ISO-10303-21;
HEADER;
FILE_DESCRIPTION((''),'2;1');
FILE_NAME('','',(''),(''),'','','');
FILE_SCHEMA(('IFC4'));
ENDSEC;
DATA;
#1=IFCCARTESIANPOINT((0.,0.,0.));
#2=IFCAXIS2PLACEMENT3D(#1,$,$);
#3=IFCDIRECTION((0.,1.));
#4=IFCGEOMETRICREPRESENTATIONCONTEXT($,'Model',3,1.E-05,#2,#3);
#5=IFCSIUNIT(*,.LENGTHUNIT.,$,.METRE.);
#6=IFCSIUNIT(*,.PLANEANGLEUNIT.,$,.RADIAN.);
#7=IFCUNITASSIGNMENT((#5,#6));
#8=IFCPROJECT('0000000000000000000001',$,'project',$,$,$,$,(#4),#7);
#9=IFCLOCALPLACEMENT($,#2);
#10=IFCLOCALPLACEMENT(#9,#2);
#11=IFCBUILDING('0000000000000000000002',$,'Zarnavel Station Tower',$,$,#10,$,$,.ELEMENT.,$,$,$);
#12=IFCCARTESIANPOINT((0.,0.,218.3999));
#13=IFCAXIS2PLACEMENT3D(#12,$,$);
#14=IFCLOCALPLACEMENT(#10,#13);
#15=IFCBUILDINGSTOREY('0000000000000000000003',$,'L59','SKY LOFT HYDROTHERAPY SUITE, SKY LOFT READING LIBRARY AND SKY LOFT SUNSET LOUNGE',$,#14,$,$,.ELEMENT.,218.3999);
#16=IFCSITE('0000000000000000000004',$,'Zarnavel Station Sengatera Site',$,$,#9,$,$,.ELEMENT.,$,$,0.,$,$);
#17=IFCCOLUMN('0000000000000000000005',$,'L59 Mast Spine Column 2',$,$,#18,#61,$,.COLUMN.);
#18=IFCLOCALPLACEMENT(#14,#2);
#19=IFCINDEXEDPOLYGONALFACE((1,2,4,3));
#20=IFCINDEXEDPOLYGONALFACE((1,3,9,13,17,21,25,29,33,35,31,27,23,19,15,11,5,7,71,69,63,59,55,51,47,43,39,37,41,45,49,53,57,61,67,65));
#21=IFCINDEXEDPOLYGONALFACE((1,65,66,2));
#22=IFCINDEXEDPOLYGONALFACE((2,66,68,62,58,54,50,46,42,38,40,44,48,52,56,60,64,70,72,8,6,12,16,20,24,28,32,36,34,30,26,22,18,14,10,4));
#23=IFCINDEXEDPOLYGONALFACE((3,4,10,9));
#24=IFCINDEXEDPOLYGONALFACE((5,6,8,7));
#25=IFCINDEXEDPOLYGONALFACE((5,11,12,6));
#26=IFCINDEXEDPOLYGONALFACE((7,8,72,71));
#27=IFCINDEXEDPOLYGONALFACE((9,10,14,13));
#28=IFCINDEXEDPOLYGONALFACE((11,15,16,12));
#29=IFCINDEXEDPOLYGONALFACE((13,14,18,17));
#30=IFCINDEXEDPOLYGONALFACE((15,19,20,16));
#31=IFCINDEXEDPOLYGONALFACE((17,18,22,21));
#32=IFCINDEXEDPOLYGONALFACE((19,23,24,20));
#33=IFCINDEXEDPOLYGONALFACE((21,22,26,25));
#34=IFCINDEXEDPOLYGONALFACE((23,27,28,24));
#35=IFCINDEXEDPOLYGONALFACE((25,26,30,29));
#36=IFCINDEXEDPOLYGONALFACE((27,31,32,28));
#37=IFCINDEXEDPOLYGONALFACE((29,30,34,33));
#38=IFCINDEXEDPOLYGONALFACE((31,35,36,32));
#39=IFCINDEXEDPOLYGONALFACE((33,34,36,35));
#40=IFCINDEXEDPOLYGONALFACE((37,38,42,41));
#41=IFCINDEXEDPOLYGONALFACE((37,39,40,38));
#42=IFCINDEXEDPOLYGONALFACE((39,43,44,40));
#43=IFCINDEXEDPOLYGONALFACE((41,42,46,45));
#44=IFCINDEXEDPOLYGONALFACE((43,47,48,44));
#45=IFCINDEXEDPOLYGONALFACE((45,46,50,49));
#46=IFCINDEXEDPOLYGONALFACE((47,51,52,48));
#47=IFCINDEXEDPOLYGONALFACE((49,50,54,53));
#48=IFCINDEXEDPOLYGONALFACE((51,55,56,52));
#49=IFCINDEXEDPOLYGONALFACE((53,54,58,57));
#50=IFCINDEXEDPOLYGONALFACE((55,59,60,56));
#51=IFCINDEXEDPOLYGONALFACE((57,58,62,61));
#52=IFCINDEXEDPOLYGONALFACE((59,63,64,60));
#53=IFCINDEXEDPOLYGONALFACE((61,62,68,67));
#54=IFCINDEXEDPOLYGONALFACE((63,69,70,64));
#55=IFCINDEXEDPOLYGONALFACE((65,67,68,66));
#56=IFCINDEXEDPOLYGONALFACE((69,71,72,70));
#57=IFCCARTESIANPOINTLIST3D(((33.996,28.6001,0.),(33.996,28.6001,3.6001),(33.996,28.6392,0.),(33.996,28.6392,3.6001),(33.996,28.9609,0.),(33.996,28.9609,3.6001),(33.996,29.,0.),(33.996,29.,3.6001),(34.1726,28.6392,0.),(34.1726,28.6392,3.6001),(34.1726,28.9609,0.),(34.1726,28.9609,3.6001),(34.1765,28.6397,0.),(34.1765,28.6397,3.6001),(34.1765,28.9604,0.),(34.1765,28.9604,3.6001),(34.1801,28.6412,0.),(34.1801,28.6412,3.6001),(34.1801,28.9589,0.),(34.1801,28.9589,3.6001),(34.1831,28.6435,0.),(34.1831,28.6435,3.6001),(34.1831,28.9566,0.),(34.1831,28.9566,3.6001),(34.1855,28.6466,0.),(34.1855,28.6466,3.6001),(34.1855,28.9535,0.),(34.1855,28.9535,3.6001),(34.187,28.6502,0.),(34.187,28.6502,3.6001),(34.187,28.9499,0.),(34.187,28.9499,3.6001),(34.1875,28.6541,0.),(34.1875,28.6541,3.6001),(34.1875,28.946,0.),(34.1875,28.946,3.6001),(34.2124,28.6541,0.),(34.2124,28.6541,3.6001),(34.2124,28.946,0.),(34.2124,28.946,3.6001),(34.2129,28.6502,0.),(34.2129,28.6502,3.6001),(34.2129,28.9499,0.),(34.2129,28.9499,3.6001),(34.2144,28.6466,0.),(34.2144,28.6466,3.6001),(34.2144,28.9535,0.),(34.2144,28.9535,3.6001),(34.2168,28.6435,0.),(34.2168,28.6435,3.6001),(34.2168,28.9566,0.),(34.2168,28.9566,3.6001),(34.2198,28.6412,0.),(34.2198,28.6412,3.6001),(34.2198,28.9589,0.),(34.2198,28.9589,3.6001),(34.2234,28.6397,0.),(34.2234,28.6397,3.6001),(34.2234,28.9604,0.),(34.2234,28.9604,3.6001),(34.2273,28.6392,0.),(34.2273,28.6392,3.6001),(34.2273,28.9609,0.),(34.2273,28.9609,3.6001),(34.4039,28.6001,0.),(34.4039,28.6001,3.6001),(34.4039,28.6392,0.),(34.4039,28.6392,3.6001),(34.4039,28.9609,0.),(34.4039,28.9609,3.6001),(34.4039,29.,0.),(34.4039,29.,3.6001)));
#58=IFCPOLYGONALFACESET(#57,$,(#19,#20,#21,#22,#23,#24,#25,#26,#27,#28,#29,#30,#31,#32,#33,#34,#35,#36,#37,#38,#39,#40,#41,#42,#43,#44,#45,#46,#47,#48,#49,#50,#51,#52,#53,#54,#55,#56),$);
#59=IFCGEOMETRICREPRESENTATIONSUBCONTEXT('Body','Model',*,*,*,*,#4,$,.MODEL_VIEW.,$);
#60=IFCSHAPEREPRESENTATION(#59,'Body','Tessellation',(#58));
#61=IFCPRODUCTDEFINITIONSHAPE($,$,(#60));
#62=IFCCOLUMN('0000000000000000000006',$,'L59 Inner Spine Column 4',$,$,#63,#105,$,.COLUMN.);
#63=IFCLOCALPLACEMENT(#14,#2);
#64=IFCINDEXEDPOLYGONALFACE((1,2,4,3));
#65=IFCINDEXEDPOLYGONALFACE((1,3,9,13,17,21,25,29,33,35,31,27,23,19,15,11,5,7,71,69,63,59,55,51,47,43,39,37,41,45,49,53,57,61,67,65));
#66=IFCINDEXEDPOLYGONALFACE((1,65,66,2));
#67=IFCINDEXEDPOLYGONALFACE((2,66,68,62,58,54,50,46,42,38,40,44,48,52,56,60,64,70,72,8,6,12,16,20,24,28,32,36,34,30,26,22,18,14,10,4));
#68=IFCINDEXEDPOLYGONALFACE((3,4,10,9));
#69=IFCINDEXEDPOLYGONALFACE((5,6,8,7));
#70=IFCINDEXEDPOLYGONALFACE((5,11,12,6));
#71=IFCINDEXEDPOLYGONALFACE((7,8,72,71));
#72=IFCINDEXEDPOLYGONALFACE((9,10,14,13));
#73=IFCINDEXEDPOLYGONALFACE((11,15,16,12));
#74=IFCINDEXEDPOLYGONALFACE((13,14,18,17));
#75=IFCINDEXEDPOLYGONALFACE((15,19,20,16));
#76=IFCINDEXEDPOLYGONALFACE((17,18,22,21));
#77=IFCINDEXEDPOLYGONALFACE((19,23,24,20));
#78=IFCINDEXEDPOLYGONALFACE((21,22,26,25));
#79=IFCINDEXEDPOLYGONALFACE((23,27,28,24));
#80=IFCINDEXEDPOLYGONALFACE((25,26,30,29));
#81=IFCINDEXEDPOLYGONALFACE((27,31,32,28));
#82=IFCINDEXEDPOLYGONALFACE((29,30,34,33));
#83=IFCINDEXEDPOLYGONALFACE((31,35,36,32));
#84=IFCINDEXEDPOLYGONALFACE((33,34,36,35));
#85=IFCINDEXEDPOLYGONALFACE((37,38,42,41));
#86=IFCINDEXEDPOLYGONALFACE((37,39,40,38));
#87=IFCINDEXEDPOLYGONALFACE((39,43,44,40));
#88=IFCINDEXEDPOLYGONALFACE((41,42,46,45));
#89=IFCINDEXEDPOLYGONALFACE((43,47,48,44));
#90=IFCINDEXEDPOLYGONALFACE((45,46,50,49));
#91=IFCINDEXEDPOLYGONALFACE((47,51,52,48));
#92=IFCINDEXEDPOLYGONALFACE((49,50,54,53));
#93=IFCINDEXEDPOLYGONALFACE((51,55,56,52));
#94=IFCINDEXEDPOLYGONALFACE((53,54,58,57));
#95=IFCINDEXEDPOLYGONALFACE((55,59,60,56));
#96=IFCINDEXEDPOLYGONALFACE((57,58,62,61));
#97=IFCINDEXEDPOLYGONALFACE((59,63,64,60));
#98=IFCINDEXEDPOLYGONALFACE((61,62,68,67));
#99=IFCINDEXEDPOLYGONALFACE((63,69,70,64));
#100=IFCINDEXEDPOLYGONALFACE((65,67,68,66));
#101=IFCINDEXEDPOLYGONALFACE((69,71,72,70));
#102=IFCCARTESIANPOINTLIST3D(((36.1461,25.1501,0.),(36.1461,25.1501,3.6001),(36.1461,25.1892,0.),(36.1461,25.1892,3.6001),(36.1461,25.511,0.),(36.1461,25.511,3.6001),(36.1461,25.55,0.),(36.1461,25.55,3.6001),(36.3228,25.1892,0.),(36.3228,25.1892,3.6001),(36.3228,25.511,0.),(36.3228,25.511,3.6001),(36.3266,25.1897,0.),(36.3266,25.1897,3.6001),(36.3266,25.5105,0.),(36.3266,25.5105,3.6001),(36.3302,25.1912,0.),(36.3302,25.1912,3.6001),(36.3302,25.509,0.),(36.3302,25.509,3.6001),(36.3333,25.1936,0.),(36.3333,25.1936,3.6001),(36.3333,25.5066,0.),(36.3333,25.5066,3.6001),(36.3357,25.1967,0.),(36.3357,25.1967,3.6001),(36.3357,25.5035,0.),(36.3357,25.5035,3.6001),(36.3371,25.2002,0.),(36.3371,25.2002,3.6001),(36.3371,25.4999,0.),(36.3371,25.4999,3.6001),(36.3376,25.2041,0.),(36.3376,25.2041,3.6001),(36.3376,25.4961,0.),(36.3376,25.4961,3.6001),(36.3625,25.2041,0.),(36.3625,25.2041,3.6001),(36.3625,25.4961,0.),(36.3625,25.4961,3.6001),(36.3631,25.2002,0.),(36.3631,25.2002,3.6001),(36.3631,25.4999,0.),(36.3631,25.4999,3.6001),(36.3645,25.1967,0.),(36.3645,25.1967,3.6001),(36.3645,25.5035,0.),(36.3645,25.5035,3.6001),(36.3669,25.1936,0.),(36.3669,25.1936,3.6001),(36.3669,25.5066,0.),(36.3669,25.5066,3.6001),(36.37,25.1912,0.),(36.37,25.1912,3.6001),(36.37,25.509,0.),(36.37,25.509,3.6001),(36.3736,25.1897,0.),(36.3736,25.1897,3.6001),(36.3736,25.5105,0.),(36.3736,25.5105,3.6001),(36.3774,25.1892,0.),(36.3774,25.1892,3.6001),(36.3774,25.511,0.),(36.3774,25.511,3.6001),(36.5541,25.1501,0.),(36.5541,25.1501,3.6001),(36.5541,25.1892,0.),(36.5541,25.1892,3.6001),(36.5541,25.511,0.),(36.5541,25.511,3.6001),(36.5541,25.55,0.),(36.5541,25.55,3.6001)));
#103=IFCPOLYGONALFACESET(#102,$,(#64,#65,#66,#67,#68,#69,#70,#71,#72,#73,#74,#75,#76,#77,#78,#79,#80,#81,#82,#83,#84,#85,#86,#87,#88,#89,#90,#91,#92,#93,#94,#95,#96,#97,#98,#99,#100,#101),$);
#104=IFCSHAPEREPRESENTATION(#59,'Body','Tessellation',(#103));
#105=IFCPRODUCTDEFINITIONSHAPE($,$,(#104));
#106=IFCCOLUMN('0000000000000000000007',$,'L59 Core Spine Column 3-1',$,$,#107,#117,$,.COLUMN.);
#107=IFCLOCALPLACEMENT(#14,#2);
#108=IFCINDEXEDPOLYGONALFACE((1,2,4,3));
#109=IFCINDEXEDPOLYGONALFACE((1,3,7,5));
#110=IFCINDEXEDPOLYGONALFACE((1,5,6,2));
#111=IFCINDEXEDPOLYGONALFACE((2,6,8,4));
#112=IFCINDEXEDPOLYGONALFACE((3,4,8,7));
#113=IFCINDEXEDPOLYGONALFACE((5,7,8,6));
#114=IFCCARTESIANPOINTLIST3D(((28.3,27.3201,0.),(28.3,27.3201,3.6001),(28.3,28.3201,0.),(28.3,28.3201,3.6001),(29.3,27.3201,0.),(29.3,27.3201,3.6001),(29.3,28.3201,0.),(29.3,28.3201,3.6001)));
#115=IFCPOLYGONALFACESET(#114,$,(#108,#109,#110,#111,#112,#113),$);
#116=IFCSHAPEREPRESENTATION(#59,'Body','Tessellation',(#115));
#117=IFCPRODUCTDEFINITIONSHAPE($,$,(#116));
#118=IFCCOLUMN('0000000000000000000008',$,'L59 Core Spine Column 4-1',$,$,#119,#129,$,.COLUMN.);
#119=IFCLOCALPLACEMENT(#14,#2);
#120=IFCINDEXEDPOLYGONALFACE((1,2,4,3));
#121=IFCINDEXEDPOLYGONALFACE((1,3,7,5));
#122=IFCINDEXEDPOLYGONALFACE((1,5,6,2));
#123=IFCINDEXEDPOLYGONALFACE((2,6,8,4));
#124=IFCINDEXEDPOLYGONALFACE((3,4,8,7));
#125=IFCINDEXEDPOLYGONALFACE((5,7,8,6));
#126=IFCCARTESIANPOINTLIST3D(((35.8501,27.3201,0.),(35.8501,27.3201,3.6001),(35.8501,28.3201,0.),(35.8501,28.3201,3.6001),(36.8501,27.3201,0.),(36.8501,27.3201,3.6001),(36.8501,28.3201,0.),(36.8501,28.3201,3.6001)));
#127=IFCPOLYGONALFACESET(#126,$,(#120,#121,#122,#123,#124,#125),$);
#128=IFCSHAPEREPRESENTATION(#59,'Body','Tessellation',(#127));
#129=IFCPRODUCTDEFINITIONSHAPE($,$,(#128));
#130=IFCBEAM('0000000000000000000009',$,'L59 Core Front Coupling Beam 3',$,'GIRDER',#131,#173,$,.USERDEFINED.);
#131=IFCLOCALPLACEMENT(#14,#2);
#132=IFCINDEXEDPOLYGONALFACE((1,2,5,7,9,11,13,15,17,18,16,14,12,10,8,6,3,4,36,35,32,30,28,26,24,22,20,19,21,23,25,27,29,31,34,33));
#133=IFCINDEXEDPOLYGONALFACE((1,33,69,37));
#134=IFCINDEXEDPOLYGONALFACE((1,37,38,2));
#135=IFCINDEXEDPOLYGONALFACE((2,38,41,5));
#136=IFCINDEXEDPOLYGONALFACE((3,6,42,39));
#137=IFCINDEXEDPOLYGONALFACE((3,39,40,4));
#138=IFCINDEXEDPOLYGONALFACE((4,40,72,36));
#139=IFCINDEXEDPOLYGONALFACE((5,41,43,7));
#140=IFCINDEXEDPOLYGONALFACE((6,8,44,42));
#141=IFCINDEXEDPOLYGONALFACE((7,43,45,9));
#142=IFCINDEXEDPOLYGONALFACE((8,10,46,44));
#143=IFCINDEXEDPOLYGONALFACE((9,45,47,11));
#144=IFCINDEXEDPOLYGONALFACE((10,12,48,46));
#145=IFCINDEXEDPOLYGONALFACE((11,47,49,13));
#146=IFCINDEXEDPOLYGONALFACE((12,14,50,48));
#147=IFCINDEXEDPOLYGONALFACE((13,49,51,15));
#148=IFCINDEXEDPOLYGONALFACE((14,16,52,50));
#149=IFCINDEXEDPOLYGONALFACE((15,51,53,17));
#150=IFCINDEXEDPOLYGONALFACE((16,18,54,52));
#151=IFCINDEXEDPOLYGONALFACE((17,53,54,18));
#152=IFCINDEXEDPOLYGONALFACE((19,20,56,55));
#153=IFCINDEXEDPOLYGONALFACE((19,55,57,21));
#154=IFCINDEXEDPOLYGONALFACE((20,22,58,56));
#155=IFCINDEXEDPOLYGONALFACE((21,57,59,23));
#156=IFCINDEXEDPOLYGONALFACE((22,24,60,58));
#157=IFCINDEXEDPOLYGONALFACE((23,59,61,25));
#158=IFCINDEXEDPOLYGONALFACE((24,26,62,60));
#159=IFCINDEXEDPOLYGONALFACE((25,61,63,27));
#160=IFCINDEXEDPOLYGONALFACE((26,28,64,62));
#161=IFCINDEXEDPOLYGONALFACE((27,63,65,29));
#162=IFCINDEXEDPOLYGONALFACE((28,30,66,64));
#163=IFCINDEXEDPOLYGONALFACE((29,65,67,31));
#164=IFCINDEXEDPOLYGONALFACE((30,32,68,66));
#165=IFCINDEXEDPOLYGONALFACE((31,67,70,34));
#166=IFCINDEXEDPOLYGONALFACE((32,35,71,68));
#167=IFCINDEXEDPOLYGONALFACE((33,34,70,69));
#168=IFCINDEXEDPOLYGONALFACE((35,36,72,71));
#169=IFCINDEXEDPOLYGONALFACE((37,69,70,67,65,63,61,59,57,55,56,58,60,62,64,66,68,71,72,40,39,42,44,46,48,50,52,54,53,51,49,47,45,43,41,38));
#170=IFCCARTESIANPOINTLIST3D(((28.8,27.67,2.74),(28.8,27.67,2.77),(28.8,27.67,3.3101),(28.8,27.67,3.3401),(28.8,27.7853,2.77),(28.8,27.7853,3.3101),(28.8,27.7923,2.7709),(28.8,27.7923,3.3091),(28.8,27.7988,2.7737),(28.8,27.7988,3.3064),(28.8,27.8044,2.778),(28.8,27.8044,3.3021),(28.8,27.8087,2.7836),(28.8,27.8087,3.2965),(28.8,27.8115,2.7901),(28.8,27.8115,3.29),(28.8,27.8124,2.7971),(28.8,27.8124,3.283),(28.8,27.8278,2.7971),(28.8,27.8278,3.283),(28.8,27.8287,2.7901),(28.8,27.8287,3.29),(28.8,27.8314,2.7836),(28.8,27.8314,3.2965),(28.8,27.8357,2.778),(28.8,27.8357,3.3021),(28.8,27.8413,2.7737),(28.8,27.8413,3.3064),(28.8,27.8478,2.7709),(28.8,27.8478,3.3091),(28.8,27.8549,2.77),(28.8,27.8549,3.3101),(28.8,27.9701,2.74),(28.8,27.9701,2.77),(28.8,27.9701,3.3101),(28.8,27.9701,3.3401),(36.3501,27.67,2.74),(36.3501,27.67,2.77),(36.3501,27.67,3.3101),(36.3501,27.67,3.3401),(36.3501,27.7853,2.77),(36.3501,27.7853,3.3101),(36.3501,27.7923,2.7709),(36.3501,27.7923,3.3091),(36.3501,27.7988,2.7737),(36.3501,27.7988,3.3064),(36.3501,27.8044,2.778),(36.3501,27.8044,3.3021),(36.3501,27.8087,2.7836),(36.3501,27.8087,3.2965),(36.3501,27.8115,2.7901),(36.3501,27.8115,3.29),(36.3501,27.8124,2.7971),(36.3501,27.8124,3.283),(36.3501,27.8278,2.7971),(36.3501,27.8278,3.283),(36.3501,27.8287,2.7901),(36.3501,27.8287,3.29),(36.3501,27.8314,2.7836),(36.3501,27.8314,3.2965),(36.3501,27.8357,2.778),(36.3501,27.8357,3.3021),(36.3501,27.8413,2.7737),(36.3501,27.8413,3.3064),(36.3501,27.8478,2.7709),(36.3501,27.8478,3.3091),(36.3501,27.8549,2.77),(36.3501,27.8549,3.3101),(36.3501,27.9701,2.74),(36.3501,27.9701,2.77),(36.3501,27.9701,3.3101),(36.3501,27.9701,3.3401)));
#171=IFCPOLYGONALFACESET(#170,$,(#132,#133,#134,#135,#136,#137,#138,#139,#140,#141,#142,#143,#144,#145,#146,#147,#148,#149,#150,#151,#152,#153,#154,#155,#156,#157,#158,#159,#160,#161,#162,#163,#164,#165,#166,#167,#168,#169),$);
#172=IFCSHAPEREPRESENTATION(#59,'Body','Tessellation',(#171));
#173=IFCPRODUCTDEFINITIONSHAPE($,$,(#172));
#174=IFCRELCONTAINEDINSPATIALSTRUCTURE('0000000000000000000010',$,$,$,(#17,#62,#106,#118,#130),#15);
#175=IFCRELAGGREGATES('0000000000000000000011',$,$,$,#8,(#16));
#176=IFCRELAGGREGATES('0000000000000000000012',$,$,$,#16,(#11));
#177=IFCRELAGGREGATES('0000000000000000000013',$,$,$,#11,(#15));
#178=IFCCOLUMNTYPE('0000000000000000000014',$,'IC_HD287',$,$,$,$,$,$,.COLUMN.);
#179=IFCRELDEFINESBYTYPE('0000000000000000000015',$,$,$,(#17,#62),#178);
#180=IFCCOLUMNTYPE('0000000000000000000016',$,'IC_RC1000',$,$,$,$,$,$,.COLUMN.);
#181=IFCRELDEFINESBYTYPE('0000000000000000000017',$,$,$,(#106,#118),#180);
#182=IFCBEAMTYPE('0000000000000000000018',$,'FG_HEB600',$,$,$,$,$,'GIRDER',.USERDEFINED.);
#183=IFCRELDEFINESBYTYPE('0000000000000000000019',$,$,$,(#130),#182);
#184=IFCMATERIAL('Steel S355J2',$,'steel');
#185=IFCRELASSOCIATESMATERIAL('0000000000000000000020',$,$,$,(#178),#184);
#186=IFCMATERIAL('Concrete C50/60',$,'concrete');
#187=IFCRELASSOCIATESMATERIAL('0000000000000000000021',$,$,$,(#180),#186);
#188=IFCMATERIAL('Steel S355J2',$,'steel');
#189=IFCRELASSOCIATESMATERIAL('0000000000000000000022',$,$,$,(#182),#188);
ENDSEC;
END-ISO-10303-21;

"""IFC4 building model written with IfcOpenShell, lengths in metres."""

from ifc_helpers import new_model, si_unit, direction, frame, origin, origin_2d, place, context, subcontext, project, spatial, rectangle, i_section, extrude, material, material_profile, profile_set, type_object, element, save


model = new_model("IFC4")

# Units and contexts
model_context = context("Model", 3, precision=1e-05, world=origin(), true_north=direction((0.0, 1.0)))
body_context = subcontext(model_context, "Body", "Model", "MODEL_VIEW")
ifc_project = project(units=[si_unit("LENGTHUNIT", "METRE"), si_unit("PLANEANGLEUNIT", "RADIAN")], contexts=[model_context])

# Site, building, storey
site_placement = place(None, origin())
site = spatial("IfcSite", under=ifc_project, at=site_placement, Name="Zarnavel Station Sengatera Site", CompositionType="ELEMENT", RefElevation=0.0)
building_placement = place(site_placement, origin())
building = spatial("IfcBuilding", under=site, at=building_placement, Name="Zarnavel Station Tower", CompositionType="ELEMENT")
storey_placement = place(building_placement, frame((0.0, 0.0, 218.3999)))
storey = spatial("IfcBuildingStorey", under=building, at=storey_placement, Name="L59", Description="SKY LOFT HYDROTHERAPY SUITE, SKY LOFT READING LIBRARY AND SKY LOFT SUNSET LOUNGE", CompositionType="ELEMENT", Elevation=218.3999)

# Columns
ifc_material_1 = material(Name="Steel S355J2", Category="steel")
ifc_material_profile_1 = material_profile(ifc_material_1, i_section(OverallWidth=0.408, OverallDepth=0.3999, WebThickness=0.0249, FlangeThickness=0.0391, FilletRadius=0.0149, at=origin_2d()), Name="HD400x287")
ifc_profile_set_1 = profile_set([ifc_material_profile_1], Name="Steel S355J2")
column_type_1 = type_object("IfcColumnType", Name="IC_HD287", PredefinedType="COLUMN", material=ifc_profile_set_1)
for number, where, z_axis, x_axis, name in (
    (1, (34.2, 28.8, 0.0), (0.0, 0.0, 1.0), (1.0, 0.0, 0.0), "L59 Mast Spine Column 2"),
    (2, (36.3501, 25.3501, 0.0), (0.0, 0.0, 1.0), (1.0, 0.0, 0.0), "L59 Inner Spine Column 4"),
):
    element("IfcColumn", number, at=place(storey_placement, frame(where, z_axis=z_axis, x_axis=x_axis)), inside=storey, type_object=column_type_1, Name=name, PredefinedType="COLUMN", context=body_context, shape_type="SweptSolid", body=[
        extrude(i_section(OverallWidth=0.408, OverallDepth=0.3999, WebThickness=0.0249, FlangeThickness=0.0391, FilletRadius=0.0149, at=origin_2d()), origin(), (0.0, 0.0, 1.0), 3.6001),
    ])
ifc_material_2 = material(Name="Concrete C50/60", Category="concrete")
ifc_material_profile_2 = material_profile(ifc_material_2, rectangle(XDim=1.0, YDim=1.0, at=origin_2d()), Name="RC1000x1000")
ifc_profile_set_2 = profile_set([ifc_material_profile_2], Name="Concrete C50/60")
column_type_2 = type_object("IfcColumnType", Name="IC_RC1000", PredefinedType="COLUMN", material=ifc_profile_set_2)
for number, where, z_axis, x_axis, name in (
    (3, (28.8, 27.8201, 0.0), (0.0, 0.0, 1.0), (1.0, 0.0, 0.0), "L59 Core Spine Column 3-1"),
    (4, (36.3501, 27.8201, 0.0), (0.0, 0.0, 1.0), (1.0, 0.0, 0.0), "L59 Core Spine Column 4-1"),
):
    element("IfcColumn", number, at=place(storey_placement, frame(where, z_axis=z_axis, x_axis=x_axis)), inside=storey, type_object=column_type_2, Name=name, PredefinedType="COLUMN", context=body_context, shape_type="SweptSolid", body=[
        extrude(rectangle(XDim=1.0, YDim=1.0, at=origin_2d()), origin(), (0.0, 0.0, 1.0), 3.6001),
    ])

# Beam
ifc_material_3 = material(Name="Steel S355J2", Category="steel")
ifc_material_profile_3 = material_profile(ifc_material_3, i_section(OverallWidth=0.3, OverallDepth=0.6001, WebThickness=0.0154, FlangeThickness=0.03, FilletRadius=0.0271, at=origin_2d()), Name="HEB600")
ifc_profile_set_3 = profile_set([ifc_material_profile_3], Name="Steel S355J2")
beam_type_1 = type_object("IfcBeamType", Name="FG_HEB600", ElementType="GIRDER", PredefinedType="USERDEFINED", material=ifc_profile_set_3)
beam_1_placement = place(storey_placement, frame((28.8, 27.8201, 3.04), z_axis=(1.0, 0.0, 0.0), x_axis=(0.0, 1.0, 0.0)))
element("IfcBeam", 5, at=beam_1_placement, inside=storey, type_object=beam_type_1, Name="L59 Core Front Coupling Beam 3", ObjectType="GIRDER", PredefinedType="USERDEFINED", context=body_context, shape_type="SweptSolid", body=[
    extrude(i_section(OverallWidth=0.3, OverallDepth=0.6001, WebThickness=0.0154, FlangeThickness=0.03, FilletRadius=0.0271, at=origin_2d()), origin(), (0.0, 0.0, 1.0), 7.55),
])

save(model, "model.ifc")
